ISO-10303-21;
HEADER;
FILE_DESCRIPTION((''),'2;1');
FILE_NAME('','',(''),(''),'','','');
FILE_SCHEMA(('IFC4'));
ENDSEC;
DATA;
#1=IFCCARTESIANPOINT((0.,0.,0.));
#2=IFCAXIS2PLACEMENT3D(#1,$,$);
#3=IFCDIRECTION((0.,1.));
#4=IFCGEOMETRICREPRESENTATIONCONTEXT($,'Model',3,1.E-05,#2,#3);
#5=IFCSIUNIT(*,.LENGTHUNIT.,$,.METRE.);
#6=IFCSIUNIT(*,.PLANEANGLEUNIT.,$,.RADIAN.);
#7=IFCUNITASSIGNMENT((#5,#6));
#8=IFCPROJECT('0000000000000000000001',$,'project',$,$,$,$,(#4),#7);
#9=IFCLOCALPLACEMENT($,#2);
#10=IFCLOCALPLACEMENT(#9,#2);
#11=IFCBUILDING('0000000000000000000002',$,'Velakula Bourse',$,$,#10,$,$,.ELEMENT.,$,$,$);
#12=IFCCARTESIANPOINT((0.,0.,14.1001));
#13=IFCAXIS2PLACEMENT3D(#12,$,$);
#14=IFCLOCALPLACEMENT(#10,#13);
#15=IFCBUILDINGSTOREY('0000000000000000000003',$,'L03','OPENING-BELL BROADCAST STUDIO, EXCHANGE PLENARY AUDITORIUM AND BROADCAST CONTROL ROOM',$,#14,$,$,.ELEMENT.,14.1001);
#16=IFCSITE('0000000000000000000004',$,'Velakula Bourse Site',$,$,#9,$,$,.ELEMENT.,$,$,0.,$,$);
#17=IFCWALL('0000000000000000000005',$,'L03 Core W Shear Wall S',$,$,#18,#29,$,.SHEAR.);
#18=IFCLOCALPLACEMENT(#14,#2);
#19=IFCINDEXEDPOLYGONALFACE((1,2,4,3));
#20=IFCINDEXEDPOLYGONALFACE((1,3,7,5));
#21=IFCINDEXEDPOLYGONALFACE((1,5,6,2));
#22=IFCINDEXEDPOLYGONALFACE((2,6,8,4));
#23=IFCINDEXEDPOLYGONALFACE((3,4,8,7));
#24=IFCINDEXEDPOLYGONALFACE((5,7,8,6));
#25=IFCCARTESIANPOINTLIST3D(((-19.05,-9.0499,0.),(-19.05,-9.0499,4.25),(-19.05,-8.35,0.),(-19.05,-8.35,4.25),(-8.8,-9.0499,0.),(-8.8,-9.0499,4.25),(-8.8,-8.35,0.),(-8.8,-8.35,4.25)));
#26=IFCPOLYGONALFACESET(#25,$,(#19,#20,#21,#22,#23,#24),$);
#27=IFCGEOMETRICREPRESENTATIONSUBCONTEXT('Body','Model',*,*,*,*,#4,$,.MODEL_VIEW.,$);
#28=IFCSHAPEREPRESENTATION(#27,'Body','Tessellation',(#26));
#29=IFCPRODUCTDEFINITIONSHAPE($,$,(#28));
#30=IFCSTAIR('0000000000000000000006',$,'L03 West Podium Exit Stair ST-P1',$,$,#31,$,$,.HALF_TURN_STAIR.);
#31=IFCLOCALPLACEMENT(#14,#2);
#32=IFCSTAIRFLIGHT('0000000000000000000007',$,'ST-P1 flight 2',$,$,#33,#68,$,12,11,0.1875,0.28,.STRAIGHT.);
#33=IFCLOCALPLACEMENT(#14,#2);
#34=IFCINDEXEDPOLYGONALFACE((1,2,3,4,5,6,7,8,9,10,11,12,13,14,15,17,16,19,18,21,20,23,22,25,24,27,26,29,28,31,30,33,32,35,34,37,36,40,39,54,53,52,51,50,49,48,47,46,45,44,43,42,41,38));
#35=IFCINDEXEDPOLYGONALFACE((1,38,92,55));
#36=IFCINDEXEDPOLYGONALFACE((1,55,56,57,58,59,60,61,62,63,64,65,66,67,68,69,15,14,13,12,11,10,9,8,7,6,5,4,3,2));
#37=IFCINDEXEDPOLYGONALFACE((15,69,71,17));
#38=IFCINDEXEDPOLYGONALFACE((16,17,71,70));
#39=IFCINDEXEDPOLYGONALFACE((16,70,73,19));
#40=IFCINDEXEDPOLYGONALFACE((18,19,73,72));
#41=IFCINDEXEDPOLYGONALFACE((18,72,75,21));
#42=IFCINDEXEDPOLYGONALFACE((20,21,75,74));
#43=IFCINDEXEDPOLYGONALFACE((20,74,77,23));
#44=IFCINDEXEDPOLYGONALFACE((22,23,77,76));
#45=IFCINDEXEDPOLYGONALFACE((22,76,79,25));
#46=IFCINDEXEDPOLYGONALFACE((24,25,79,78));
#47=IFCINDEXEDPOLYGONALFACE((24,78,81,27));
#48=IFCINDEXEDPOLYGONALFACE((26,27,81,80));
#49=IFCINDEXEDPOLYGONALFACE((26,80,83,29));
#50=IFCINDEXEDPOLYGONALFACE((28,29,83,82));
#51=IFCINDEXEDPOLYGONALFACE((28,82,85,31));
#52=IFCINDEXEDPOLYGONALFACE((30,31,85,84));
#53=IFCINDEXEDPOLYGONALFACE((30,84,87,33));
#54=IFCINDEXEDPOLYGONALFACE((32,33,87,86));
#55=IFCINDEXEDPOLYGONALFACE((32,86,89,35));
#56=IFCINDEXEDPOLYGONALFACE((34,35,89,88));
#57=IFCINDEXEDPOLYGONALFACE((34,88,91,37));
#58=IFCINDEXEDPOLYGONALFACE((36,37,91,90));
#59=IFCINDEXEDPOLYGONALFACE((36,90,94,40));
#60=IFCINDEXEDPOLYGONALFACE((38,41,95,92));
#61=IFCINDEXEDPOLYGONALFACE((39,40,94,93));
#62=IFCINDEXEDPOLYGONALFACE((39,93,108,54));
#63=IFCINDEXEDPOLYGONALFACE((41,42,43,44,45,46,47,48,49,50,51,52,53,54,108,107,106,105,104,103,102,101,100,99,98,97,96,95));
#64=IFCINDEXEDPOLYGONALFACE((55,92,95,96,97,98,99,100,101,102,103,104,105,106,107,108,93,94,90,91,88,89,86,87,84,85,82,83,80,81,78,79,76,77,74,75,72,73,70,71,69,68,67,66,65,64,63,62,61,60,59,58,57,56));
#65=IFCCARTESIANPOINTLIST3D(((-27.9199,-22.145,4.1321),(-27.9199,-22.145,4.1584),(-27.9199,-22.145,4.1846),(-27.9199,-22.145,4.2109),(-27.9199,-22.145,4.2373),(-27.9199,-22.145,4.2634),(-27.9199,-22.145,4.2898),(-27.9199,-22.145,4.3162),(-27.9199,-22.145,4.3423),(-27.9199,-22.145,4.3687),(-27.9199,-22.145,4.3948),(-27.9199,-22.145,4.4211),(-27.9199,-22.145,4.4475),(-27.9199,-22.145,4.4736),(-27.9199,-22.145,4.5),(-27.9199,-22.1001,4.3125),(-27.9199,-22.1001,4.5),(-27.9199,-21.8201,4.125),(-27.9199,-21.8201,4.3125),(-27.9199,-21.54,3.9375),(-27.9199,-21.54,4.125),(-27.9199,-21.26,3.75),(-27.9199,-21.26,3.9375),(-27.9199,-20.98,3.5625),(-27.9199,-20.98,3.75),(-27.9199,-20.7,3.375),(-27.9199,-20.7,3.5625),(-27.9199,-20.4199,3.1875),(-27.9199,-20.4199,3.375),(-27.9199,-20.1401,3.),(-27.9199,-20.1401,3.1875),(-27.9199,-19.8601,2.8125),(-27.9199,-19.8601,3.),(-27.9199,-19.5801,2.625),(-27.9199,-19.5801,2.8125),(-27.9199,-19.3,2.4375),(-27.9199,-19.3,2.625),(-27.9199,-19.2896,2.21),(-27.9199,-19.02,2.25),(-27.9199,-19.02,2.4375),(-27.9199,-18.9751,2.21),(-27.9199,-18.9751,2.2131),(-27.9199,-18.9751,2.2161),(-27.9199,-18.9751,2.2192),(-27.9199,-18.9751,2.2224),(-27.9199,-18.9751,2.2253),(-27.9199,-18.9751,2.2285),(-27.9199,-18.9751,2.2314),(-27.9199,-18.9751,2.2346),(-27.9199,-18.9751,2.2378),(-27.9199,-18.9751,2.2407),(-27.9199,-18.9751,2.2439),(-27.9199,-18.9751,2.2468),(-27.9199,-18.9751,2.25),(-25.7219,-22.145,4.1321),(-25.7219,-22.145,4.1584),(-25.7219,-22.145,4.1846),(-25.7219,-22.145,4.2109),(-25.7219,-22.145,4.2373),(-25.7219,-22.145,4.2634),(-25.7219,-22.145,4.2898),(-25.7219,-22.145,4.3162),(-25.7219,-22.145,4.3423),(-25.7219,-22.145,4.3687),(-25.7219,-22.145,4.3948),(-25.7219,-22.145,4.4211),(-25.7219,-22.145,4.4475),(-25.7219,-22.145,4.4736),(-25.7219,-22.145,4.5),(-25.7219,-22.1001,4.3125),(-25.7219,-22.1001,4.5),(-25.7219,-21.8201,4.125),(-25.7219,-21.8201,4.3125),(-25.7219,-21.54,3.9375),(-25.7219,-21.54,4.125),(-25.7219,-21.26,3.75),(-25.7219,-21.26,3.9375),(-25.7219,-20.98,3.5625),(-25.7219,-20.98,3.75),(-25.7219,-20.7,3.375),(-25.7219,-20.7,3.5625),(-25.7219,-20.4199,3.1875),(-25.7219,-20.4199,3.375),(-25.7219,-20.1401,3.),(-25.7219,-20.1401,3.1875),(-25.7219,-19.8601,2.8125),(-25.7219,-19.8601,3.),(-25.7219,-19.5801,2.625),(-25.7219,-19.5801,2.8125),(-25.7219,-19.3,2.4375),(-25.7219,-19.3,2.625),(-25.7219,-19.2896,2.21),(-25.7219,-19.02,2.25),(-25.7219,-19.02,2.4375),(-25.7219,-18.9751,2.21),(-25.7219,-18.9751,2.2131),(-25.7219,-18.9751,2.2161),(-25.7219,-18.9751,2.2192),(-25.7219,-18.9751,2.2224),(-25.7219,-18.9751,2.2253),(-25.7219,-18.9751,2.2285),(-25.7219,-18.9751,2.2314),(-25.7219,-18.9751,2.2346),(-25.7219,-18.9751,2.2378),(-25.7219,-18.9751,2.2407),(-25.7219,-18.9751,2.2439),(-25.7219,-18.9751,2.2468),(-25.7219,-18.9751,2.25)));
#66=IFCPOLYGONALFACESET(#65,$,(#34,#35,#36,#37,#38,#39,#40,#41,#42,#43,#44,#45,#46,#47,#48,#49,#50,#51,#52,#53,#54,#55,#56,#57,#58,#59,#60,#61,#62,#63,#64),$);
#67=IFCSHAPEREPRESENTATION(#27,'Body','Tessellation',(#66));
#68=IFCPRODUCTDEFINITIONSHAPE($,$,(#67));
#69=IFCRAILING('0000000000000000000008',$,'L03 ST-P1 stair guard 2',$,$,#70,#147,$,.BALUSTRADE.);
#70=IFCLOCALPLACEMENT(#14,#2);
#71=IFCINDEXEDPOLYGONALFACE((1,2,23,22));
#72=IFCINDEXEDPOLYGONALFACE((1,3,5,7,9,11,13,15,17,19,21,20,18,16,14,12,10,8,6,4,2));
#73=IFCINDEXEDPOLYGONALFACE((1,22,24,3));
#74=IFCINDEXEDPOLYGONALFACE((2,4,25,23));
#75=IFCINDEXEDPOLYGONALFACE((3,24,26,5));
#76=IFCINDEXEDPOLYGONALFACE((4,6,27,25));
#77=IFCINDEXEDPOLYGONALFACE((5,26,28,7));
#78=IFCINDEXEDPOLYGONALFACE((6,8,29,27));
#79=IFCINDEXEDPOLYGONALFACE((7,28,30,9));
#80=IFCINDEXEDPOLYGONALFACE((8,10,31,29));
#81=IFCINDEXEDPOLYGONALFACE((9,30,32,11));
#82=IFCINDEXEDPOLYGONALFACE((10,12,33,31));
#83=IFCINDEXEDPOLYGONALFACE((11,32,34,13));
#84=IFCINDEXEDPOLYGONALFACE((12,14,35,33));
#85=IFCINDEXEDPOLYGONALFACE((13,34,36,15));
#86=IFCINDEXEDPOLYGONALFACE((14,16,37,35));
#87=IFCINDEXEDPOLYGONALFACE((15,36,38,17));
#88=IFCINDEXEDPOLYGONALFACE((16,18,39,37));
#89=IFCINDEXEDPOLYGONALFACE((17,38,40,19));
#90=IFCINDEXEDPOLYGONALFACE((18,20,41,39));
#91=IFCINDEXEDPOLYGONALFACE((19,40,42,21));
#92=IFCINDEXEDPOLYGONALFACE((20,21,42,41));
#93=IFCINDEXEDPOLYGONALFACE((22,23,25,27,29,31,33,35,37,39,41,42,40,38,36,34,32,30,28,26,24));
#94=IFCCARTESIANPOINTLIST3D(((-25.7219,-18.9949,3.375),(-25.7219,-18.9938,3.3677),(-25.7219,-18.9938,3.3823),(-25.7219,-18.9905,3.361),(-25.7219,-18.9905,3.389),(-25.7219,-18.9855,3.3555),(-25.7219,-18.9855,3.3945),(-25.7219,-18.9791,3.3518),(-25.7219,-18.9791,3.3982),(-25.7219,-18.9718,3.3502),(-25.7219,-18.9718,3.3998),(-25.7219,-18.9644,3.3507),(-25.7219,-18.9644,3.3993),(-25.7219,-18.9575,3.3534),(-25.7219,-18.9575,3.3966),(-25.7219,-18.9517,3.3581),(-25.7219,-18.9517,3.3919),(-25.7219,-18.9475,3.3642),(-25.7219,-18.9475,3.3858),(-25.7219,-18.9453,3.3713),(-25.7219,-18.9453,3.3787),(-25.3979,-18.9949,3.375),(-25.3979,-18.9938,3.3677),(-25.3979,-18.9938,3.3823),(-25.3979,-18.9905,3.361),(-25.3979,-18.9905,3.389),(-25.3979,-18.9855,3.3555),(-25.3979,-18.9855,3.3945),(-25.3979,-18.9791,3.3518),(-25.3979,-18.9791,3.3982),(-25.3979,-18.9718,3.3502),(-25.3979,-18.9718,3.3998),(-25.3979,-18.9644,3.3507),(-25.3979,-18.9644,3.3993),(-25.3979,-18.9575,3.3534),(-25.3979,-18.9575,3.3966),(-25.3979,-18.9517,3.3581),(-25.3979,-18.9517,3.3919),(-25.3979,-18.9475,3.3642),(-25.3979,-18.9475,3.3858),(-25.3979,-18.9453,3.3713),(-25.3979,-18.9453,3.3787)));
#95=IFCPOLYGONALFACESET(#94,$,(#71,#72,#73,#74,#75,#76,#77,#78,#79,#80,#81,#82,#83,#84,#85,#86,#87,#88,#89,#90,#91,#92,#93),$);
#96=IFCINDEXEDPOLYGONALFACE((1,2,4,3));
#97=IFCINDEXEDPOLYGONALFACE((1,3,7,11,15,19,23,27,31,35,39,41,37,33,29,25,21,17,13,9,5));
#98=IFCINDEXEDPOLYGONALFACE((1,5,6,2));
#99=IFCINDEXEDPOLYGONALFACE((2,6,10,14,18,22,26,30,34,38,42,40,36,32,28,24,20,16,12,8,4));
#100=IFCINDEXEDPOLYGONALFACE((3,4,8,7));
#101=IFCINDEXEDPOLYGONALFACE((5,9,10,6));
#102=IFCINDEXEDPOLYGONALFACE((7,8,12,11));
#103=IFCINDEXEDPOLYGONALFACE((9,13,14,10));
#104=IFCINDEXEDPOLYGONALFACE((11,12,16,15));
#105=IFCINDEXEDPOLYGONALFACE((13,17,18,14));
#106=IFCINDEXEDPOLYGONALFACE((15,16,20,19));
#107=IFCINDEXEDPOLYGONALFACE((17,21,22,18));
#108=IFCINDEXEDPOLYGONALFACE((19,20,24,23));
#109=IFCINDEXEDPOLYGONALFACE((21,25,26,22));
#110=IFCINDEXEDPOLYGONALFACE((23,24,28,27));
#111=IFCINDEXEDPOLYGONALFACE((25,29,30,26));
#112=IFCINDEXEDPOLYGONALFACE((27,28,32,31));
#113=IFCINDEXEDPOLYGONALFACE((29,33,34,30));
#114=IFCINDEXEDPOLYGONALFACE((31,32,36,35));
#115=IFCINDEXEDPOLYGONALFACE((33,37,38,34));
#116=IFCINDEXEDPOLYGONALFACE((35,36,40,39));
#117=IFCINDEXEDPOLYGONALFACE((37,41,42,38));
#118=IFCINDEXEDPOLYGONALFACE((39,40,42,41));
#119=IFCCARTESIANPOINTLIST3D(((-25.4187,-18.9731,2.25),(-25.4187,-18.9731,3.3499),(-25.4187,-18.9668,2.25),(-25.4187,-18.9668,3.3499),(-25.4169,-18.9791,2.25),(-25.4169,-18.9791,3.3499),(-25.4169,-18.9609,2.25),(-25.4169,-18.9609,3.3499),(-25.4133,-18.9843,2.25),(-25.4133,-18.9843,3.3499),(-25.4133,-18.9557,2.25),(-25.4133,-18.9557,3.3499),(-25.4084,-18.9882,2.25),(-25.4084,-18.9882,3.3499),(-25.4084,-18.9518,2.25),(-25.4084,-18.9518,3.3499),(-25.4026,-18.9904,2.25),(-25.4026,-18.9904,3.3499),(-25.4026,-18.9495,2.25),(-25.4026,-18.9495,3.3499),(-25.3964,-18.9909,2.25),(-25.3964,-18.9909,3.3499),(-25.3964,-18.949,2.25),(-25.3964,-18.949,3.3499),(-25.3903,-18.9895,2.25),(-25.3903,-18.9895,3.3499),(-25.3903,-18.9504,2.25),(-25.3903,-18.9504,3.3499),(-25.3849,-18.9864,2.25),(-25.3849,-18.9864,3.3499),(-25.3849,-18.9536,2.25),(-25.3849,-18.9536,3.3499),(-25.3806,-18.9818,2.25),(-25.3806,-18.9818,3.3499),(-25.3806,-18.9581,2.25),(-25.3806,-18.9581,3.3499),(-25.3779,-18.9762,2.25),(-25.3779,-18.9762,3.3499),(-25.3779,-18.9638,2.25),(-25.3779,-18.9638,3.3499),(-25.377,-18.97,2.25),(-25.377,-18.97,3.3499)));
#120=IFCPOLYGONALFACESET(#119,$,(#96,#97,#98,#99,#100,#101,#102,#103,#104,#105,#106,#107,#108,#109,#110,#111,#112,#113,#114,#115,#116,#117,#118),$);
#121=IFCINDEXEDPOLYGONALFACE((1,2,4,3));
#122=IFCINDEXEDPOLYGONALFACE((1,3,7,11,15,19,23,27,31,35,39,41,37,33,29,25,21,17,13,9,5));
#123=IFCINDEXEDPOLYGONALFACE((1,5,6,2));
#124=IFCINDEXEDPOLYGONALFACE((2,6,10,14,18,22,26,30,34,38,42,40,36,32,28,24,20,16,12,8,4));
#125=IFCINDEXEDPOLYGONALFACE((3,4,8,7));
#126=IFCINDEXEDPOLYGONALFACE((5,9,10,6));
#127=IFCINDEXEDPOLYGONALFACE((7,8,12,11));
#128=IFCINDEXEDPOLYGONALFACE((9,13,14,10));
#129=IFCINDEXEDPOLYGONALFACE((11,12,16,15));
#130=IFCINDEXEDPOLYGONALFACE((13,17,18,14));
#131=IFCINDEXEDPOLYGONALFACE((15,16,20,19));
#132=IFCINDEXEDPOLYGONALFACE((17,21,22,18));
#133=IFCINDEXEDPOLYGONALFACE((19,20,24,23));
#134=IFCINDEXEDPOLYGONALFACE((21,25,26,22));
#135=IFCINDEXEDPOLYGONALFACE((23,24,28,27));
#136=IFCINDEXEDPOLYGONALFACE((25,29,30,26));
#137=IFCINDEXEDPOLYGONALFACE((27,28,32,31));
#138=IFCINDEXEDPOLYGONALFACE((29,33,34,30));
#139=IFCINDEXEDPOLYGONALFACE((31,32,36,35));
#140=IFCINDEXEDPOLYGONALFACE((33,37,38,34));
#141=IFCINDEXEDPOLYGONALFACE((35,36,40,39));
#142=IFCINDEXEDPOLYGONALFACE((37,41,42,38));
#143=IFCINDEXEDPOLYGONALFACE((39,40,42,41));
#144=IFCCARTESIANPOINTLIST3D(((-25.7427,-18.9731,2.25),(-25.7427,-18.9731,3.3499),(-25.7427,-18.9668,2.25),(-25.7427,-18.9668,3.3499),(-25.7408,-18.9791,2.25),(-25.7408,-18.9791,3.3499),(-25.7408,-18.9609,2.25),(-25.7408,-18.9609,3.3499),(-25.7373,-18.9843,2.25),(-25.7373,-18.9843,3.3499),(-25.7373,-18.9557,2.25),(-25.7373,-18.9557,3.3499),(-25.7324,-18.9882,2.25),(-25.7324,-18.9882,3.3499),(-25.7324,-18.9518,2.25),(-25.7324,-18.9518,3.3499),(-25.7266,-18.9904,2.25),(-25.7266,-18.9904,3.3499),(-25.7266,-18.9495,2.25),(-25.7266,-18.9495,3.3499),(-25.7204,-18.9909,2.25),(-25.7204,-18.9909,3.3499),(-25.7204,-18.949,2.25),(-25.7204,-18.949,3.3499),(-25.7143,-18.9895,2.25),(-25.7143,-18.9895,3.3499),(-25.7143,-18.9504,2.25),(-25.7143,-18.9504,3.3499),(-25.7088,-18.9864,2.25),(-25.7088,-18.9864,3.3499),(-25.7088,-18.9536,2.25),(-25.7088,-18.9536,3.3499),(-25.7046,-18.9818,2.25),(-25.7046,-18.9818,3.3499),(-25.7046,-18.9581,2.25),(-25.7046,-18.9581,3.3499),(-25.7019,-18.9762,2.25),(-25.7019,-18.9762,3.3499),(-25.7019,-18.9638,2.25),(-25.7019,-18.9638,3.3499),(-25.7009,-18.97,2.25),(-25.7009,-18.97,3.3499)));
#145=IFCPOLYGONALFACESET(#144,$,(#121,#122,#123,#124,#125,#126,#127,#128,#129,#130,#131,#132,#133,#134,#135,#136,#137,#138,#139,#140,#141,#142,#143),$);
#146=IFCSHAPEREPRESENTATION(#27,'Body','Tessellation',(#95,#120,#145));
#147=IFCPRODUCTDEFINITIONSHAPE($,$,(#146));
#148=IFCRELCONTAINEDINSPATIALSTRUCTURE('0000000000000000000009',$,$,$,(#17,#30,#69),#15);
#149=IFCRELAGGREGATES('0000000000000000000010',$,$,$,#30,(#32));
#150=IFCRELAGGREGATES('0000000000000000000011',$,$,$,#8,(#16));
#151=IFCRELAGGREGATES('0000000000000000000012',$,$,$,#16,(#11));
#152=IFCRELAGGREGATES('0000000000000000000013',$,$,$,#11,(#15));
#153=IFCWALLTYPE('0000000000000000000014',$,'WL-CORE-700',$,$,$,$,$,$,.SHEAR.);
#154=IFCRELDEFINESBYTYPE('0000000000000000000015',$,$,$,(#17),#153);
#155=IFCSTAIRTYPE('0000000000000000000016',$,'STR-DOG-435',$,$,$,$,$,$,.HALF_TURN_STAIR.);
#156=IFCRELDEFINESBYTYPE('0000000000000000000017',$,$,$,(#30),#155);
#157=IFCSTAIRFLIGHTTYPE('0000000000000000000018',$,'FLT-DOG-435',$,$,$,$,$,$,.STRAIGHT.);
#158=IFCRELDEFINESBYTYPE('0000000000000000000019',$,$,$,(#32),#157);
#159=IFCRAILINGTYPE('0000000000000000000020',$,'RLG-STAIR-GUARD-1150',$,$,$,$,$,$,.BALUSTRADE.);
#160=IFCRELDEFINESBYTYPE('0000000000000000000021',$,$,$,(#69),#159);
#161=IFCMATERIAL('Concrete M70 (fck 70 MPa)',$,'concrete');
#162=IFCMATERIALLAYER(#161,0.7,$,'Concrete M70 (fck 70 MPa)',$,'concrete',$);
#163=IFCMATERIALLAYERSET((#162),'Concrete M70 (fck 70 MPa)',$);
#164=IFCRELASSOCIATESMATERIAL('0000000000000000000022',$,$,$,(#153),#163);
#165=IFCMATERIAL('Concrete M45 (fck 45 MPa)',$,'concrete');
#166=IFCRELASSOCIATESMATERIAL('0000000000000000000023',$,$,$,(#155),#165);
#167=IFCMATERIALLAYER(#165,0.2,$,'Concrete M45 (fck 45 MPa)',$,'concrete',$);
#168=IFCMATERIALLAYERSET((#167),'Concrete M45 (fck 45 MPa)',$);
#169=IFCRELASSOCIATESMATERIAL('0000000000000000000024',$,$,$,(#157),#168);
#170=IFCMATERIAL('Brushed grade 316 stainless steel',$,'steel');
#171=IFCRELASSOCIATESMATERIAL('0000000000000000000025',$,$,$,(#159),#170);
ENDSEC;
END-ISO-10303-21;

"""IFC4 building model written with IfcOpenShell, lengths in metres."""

from ifc_helpers import new_model, si_unit, direction, frame, frame_2d, origin, origin_2d, place, context, subcontext, project, spatial, polyline, rectangle, circle, outline, extrude, material, layer, layer_set, type_object, element, aggregate, save


model = new_model("IFC4")

# Units and contexts
model_context = context("Model", 3, precision=1e-05, world=origin(), true_north=direction((0.0, 1.0)))
body_context = subcontext(model_context, "Body", "Model", "MODEL_VIEW")
ifc_project = project(units=[si_unit("LENGTHUNIT", "METRE"), si_unit("PLANEANGLEUNIT", "RADIAN")], contexts=[model_context])

# Site, building, storey
site_placement = place(None, origin())
site = spatial("IfcSite", under=ifc_project, at=site_placement, Name="Velakula Bourse Site", CompositionType="ELEMENT", RefElevation=0.0)
building_placement = place(site_placement, origin())
building = spatial("IfcBuilding", under=site, at=building_placement, Name="Velakula Bourse", CompositionType="ELEMENT")
storey_placement = place(building_placement, frame((0.0, 0.0, 14.1001)))
storey = spatial("IfcBuildingStorey", under=building, at=storey_placement, Name="L03", Description="OPENING-BELL BROADCAST STUDIO, EXCHANGE PLENARY AUDITORIUM AND BROADCAST CONTROL ROOM", CompositionType="ELEMENT", Elevation=14.1001)

# Wall
ifc_material_1 = material(Name="Concrete M70 (fck 70 MPa)", Category="concrete")
ifc_layer_1 = layer(ifc_material_1, 0.7, Name="Concrete M70 (fck 70 MPa)", Category="concrete")
ifc_layer_set_1 = layer_set([ifc_layer_1], Name="Concrete M70 (fck 70 MPa)")
wall_type_1 = type_object("IfcWallType", Name="WL-CORE-700", PredefinedType="SHEAR", material=ifc_layer_set_1)
wall_1_placement = place(storey_placement, frame((-19.05, -8.7, 0.0), z_axis=(0.0, 0.0, 1.0), x_axis=(1.0, 0.0, 0.0)))
element("IfcWall", 1, at=wall_1_placement, inside=storey, type_object=wall_type_1, Name="L03 Core W Shear Wall S", PredefinedType="SHEAR", context=body_context, shape_type="SweptSolid", body=[
    extrude(rectangle(XDim=10.25, YDim=0.7, at=frame_2d((5.125, 0.0))), origin(), (0.0, 0.0, 1.0), 4.25),
])

# Stair, stair flight
ifc_material_2 = material(Name="Concrete M45 (fck 45 MPa)", Category="concrete")
stair_type = type_object("IfcStairType", Name="STR-DOG-435", PredefinedType="HALF_TURN_STAIR", material=ifc_material_2)
stair_placement = place(storey_placement, origin())
stair = element("IfcStair", 2, at=stair_placement, inside=storey, type_object=stair_type, Name="L03 West Podium Exit Stair ST-P1", PredefinedType="HALF_TURN_STAIR")
ifc_layer_2 = layer(ifc_material_2, 0.2, Name="Concrete M45 (fck 45 MPa)", Category="concrete")
ifc_layer_set_2 = layer_set([ifc_layer_2], Name="Concrete M45 (fck 45 MPa)")
stair_flight_type = type_object("IfcStairFlightType", Name="FLT-DOG-435", PredefinedType="STRAIGHT", material=ifc_layer_set_2)
stair_flight_placement = place(storey_placement, frame((-26.821, -19.02, 2.25), z_axis=(0.0, 0.0, 1.0), x_axis=(0.0, -1.0, 0.0)))
stair_flight = element("IfcStairFlight", 3, at=stair_flight_placement, type_object=stair_flight_type, Name="ST-P1 flight 2", NumberOfRisers=12, NumberOfTreads=11, PredefinedType="STRAIGHT", RiserHeight=0.1875, TreadLength=0.28, context=body_context, shape_type="SweptSolid", body=[
    extrude(outline(polyline([(-0.0449, -0.04), (-0.0449, -0.0369), (-0.0449, -0.0339), (-0.0449, -0.0308), (-0.0449, -0.0276), (-0.0449, -0.0247), (-0.0449, -0.0215), (-0.0449, -0.0186), (-0.0449, -0.0154), (-0.0449, -0.0122), (-0.0449, -0.0093), (-0.0449, -0.0061), (-0.0449, -0.0032), (-0.0449, 0.0), (0.0, 0.0), (0.0, 0.1875), (0.28, 0.1875), (0.28, 0.375), (0.5601, 0.375), (0.5601, 0.5625), (0.8401, 0.5625), (0.8401, 0.75), (1.1201, 0.75), (1.1201, 0.9375), (1.3999, 0.9375), (1.3999, 1.125), (1.6799, 1.125), (1.6799, 1.3125), (1.96, 1.3125), (1.96, 1.5), (2.24, 1.5), (2.24, 1.6875), (2.52, 1.6875), (2.52, 1.875), (2.8, 1.875), (2.8, 2.0625), (3.0801, 2.0625), (3.0801, 2.25), (3.125, 2.25), (3.125, 2.2236), (3.125, 2.1975), (3.125, 2.1711), (3.125, 2.1448), (3.125, 2.1187), (3.125, 2.0923), (3.125, 2.0662), (3.125, 2.0398), (3.125, 2.0134), (3.125, 1.9873), (3.125, 1.9609), (3.125, 1.9346), (3.125, 1.9084), (3.125, 1.8821), (0.2695, -0.04), (-0.0449, -0.04)])), frame((0.0, 1.0991, 0.0), z_axis=(0.0, -1.0, 0.0), x_axis=(1.0, 0.0, 0.0)), (0.0, 0.0, 1.0), 2.198),
])
aggregate(stair, [stair_flight])

# Railing
ifc_material_3 = material(Name="Brushed grade 316 stainless steel", Category="steel")
railing_type = type_object("IfcRailingType", Name="RLG-STAIR-GUARD-1150", PredefinedType="BALUSTRADE", material=ifc_material_3)
railing_1_placement = place(storey_placement, frame((-25.3979, -18.97, 2.25)))
element("IfcRailing", 4, at=railing_1_placement, inside=storey, type_object=railing_type, Name="L03 ST-P1 stair guard 2", PredefinedType="BALUSTRADE", context=body_context, shape_type="SweptSolid", body=[
    extrude(circle(Radius=0.0249, at=origin_2d()), frame((0.0, 0.0, 1.125), z_axis=(-1.0, 0.0, 0.0), x_axis=(0.0, -1.0, 0.0)), (0.0, 0.0, 1.0), 0.324),
    extrude(circle(Radius=0.021, at=origin_2d()), origin(), (0.0, 0.0, 1.0), 1.0999),
    extrude(circle(Radius=0.021, at=origin_2d()), frame((-0.324, 0.0, 0.0)), (0.0, 0.0, 1.0), 1.0999),
])

save(model, "model.ifc")
